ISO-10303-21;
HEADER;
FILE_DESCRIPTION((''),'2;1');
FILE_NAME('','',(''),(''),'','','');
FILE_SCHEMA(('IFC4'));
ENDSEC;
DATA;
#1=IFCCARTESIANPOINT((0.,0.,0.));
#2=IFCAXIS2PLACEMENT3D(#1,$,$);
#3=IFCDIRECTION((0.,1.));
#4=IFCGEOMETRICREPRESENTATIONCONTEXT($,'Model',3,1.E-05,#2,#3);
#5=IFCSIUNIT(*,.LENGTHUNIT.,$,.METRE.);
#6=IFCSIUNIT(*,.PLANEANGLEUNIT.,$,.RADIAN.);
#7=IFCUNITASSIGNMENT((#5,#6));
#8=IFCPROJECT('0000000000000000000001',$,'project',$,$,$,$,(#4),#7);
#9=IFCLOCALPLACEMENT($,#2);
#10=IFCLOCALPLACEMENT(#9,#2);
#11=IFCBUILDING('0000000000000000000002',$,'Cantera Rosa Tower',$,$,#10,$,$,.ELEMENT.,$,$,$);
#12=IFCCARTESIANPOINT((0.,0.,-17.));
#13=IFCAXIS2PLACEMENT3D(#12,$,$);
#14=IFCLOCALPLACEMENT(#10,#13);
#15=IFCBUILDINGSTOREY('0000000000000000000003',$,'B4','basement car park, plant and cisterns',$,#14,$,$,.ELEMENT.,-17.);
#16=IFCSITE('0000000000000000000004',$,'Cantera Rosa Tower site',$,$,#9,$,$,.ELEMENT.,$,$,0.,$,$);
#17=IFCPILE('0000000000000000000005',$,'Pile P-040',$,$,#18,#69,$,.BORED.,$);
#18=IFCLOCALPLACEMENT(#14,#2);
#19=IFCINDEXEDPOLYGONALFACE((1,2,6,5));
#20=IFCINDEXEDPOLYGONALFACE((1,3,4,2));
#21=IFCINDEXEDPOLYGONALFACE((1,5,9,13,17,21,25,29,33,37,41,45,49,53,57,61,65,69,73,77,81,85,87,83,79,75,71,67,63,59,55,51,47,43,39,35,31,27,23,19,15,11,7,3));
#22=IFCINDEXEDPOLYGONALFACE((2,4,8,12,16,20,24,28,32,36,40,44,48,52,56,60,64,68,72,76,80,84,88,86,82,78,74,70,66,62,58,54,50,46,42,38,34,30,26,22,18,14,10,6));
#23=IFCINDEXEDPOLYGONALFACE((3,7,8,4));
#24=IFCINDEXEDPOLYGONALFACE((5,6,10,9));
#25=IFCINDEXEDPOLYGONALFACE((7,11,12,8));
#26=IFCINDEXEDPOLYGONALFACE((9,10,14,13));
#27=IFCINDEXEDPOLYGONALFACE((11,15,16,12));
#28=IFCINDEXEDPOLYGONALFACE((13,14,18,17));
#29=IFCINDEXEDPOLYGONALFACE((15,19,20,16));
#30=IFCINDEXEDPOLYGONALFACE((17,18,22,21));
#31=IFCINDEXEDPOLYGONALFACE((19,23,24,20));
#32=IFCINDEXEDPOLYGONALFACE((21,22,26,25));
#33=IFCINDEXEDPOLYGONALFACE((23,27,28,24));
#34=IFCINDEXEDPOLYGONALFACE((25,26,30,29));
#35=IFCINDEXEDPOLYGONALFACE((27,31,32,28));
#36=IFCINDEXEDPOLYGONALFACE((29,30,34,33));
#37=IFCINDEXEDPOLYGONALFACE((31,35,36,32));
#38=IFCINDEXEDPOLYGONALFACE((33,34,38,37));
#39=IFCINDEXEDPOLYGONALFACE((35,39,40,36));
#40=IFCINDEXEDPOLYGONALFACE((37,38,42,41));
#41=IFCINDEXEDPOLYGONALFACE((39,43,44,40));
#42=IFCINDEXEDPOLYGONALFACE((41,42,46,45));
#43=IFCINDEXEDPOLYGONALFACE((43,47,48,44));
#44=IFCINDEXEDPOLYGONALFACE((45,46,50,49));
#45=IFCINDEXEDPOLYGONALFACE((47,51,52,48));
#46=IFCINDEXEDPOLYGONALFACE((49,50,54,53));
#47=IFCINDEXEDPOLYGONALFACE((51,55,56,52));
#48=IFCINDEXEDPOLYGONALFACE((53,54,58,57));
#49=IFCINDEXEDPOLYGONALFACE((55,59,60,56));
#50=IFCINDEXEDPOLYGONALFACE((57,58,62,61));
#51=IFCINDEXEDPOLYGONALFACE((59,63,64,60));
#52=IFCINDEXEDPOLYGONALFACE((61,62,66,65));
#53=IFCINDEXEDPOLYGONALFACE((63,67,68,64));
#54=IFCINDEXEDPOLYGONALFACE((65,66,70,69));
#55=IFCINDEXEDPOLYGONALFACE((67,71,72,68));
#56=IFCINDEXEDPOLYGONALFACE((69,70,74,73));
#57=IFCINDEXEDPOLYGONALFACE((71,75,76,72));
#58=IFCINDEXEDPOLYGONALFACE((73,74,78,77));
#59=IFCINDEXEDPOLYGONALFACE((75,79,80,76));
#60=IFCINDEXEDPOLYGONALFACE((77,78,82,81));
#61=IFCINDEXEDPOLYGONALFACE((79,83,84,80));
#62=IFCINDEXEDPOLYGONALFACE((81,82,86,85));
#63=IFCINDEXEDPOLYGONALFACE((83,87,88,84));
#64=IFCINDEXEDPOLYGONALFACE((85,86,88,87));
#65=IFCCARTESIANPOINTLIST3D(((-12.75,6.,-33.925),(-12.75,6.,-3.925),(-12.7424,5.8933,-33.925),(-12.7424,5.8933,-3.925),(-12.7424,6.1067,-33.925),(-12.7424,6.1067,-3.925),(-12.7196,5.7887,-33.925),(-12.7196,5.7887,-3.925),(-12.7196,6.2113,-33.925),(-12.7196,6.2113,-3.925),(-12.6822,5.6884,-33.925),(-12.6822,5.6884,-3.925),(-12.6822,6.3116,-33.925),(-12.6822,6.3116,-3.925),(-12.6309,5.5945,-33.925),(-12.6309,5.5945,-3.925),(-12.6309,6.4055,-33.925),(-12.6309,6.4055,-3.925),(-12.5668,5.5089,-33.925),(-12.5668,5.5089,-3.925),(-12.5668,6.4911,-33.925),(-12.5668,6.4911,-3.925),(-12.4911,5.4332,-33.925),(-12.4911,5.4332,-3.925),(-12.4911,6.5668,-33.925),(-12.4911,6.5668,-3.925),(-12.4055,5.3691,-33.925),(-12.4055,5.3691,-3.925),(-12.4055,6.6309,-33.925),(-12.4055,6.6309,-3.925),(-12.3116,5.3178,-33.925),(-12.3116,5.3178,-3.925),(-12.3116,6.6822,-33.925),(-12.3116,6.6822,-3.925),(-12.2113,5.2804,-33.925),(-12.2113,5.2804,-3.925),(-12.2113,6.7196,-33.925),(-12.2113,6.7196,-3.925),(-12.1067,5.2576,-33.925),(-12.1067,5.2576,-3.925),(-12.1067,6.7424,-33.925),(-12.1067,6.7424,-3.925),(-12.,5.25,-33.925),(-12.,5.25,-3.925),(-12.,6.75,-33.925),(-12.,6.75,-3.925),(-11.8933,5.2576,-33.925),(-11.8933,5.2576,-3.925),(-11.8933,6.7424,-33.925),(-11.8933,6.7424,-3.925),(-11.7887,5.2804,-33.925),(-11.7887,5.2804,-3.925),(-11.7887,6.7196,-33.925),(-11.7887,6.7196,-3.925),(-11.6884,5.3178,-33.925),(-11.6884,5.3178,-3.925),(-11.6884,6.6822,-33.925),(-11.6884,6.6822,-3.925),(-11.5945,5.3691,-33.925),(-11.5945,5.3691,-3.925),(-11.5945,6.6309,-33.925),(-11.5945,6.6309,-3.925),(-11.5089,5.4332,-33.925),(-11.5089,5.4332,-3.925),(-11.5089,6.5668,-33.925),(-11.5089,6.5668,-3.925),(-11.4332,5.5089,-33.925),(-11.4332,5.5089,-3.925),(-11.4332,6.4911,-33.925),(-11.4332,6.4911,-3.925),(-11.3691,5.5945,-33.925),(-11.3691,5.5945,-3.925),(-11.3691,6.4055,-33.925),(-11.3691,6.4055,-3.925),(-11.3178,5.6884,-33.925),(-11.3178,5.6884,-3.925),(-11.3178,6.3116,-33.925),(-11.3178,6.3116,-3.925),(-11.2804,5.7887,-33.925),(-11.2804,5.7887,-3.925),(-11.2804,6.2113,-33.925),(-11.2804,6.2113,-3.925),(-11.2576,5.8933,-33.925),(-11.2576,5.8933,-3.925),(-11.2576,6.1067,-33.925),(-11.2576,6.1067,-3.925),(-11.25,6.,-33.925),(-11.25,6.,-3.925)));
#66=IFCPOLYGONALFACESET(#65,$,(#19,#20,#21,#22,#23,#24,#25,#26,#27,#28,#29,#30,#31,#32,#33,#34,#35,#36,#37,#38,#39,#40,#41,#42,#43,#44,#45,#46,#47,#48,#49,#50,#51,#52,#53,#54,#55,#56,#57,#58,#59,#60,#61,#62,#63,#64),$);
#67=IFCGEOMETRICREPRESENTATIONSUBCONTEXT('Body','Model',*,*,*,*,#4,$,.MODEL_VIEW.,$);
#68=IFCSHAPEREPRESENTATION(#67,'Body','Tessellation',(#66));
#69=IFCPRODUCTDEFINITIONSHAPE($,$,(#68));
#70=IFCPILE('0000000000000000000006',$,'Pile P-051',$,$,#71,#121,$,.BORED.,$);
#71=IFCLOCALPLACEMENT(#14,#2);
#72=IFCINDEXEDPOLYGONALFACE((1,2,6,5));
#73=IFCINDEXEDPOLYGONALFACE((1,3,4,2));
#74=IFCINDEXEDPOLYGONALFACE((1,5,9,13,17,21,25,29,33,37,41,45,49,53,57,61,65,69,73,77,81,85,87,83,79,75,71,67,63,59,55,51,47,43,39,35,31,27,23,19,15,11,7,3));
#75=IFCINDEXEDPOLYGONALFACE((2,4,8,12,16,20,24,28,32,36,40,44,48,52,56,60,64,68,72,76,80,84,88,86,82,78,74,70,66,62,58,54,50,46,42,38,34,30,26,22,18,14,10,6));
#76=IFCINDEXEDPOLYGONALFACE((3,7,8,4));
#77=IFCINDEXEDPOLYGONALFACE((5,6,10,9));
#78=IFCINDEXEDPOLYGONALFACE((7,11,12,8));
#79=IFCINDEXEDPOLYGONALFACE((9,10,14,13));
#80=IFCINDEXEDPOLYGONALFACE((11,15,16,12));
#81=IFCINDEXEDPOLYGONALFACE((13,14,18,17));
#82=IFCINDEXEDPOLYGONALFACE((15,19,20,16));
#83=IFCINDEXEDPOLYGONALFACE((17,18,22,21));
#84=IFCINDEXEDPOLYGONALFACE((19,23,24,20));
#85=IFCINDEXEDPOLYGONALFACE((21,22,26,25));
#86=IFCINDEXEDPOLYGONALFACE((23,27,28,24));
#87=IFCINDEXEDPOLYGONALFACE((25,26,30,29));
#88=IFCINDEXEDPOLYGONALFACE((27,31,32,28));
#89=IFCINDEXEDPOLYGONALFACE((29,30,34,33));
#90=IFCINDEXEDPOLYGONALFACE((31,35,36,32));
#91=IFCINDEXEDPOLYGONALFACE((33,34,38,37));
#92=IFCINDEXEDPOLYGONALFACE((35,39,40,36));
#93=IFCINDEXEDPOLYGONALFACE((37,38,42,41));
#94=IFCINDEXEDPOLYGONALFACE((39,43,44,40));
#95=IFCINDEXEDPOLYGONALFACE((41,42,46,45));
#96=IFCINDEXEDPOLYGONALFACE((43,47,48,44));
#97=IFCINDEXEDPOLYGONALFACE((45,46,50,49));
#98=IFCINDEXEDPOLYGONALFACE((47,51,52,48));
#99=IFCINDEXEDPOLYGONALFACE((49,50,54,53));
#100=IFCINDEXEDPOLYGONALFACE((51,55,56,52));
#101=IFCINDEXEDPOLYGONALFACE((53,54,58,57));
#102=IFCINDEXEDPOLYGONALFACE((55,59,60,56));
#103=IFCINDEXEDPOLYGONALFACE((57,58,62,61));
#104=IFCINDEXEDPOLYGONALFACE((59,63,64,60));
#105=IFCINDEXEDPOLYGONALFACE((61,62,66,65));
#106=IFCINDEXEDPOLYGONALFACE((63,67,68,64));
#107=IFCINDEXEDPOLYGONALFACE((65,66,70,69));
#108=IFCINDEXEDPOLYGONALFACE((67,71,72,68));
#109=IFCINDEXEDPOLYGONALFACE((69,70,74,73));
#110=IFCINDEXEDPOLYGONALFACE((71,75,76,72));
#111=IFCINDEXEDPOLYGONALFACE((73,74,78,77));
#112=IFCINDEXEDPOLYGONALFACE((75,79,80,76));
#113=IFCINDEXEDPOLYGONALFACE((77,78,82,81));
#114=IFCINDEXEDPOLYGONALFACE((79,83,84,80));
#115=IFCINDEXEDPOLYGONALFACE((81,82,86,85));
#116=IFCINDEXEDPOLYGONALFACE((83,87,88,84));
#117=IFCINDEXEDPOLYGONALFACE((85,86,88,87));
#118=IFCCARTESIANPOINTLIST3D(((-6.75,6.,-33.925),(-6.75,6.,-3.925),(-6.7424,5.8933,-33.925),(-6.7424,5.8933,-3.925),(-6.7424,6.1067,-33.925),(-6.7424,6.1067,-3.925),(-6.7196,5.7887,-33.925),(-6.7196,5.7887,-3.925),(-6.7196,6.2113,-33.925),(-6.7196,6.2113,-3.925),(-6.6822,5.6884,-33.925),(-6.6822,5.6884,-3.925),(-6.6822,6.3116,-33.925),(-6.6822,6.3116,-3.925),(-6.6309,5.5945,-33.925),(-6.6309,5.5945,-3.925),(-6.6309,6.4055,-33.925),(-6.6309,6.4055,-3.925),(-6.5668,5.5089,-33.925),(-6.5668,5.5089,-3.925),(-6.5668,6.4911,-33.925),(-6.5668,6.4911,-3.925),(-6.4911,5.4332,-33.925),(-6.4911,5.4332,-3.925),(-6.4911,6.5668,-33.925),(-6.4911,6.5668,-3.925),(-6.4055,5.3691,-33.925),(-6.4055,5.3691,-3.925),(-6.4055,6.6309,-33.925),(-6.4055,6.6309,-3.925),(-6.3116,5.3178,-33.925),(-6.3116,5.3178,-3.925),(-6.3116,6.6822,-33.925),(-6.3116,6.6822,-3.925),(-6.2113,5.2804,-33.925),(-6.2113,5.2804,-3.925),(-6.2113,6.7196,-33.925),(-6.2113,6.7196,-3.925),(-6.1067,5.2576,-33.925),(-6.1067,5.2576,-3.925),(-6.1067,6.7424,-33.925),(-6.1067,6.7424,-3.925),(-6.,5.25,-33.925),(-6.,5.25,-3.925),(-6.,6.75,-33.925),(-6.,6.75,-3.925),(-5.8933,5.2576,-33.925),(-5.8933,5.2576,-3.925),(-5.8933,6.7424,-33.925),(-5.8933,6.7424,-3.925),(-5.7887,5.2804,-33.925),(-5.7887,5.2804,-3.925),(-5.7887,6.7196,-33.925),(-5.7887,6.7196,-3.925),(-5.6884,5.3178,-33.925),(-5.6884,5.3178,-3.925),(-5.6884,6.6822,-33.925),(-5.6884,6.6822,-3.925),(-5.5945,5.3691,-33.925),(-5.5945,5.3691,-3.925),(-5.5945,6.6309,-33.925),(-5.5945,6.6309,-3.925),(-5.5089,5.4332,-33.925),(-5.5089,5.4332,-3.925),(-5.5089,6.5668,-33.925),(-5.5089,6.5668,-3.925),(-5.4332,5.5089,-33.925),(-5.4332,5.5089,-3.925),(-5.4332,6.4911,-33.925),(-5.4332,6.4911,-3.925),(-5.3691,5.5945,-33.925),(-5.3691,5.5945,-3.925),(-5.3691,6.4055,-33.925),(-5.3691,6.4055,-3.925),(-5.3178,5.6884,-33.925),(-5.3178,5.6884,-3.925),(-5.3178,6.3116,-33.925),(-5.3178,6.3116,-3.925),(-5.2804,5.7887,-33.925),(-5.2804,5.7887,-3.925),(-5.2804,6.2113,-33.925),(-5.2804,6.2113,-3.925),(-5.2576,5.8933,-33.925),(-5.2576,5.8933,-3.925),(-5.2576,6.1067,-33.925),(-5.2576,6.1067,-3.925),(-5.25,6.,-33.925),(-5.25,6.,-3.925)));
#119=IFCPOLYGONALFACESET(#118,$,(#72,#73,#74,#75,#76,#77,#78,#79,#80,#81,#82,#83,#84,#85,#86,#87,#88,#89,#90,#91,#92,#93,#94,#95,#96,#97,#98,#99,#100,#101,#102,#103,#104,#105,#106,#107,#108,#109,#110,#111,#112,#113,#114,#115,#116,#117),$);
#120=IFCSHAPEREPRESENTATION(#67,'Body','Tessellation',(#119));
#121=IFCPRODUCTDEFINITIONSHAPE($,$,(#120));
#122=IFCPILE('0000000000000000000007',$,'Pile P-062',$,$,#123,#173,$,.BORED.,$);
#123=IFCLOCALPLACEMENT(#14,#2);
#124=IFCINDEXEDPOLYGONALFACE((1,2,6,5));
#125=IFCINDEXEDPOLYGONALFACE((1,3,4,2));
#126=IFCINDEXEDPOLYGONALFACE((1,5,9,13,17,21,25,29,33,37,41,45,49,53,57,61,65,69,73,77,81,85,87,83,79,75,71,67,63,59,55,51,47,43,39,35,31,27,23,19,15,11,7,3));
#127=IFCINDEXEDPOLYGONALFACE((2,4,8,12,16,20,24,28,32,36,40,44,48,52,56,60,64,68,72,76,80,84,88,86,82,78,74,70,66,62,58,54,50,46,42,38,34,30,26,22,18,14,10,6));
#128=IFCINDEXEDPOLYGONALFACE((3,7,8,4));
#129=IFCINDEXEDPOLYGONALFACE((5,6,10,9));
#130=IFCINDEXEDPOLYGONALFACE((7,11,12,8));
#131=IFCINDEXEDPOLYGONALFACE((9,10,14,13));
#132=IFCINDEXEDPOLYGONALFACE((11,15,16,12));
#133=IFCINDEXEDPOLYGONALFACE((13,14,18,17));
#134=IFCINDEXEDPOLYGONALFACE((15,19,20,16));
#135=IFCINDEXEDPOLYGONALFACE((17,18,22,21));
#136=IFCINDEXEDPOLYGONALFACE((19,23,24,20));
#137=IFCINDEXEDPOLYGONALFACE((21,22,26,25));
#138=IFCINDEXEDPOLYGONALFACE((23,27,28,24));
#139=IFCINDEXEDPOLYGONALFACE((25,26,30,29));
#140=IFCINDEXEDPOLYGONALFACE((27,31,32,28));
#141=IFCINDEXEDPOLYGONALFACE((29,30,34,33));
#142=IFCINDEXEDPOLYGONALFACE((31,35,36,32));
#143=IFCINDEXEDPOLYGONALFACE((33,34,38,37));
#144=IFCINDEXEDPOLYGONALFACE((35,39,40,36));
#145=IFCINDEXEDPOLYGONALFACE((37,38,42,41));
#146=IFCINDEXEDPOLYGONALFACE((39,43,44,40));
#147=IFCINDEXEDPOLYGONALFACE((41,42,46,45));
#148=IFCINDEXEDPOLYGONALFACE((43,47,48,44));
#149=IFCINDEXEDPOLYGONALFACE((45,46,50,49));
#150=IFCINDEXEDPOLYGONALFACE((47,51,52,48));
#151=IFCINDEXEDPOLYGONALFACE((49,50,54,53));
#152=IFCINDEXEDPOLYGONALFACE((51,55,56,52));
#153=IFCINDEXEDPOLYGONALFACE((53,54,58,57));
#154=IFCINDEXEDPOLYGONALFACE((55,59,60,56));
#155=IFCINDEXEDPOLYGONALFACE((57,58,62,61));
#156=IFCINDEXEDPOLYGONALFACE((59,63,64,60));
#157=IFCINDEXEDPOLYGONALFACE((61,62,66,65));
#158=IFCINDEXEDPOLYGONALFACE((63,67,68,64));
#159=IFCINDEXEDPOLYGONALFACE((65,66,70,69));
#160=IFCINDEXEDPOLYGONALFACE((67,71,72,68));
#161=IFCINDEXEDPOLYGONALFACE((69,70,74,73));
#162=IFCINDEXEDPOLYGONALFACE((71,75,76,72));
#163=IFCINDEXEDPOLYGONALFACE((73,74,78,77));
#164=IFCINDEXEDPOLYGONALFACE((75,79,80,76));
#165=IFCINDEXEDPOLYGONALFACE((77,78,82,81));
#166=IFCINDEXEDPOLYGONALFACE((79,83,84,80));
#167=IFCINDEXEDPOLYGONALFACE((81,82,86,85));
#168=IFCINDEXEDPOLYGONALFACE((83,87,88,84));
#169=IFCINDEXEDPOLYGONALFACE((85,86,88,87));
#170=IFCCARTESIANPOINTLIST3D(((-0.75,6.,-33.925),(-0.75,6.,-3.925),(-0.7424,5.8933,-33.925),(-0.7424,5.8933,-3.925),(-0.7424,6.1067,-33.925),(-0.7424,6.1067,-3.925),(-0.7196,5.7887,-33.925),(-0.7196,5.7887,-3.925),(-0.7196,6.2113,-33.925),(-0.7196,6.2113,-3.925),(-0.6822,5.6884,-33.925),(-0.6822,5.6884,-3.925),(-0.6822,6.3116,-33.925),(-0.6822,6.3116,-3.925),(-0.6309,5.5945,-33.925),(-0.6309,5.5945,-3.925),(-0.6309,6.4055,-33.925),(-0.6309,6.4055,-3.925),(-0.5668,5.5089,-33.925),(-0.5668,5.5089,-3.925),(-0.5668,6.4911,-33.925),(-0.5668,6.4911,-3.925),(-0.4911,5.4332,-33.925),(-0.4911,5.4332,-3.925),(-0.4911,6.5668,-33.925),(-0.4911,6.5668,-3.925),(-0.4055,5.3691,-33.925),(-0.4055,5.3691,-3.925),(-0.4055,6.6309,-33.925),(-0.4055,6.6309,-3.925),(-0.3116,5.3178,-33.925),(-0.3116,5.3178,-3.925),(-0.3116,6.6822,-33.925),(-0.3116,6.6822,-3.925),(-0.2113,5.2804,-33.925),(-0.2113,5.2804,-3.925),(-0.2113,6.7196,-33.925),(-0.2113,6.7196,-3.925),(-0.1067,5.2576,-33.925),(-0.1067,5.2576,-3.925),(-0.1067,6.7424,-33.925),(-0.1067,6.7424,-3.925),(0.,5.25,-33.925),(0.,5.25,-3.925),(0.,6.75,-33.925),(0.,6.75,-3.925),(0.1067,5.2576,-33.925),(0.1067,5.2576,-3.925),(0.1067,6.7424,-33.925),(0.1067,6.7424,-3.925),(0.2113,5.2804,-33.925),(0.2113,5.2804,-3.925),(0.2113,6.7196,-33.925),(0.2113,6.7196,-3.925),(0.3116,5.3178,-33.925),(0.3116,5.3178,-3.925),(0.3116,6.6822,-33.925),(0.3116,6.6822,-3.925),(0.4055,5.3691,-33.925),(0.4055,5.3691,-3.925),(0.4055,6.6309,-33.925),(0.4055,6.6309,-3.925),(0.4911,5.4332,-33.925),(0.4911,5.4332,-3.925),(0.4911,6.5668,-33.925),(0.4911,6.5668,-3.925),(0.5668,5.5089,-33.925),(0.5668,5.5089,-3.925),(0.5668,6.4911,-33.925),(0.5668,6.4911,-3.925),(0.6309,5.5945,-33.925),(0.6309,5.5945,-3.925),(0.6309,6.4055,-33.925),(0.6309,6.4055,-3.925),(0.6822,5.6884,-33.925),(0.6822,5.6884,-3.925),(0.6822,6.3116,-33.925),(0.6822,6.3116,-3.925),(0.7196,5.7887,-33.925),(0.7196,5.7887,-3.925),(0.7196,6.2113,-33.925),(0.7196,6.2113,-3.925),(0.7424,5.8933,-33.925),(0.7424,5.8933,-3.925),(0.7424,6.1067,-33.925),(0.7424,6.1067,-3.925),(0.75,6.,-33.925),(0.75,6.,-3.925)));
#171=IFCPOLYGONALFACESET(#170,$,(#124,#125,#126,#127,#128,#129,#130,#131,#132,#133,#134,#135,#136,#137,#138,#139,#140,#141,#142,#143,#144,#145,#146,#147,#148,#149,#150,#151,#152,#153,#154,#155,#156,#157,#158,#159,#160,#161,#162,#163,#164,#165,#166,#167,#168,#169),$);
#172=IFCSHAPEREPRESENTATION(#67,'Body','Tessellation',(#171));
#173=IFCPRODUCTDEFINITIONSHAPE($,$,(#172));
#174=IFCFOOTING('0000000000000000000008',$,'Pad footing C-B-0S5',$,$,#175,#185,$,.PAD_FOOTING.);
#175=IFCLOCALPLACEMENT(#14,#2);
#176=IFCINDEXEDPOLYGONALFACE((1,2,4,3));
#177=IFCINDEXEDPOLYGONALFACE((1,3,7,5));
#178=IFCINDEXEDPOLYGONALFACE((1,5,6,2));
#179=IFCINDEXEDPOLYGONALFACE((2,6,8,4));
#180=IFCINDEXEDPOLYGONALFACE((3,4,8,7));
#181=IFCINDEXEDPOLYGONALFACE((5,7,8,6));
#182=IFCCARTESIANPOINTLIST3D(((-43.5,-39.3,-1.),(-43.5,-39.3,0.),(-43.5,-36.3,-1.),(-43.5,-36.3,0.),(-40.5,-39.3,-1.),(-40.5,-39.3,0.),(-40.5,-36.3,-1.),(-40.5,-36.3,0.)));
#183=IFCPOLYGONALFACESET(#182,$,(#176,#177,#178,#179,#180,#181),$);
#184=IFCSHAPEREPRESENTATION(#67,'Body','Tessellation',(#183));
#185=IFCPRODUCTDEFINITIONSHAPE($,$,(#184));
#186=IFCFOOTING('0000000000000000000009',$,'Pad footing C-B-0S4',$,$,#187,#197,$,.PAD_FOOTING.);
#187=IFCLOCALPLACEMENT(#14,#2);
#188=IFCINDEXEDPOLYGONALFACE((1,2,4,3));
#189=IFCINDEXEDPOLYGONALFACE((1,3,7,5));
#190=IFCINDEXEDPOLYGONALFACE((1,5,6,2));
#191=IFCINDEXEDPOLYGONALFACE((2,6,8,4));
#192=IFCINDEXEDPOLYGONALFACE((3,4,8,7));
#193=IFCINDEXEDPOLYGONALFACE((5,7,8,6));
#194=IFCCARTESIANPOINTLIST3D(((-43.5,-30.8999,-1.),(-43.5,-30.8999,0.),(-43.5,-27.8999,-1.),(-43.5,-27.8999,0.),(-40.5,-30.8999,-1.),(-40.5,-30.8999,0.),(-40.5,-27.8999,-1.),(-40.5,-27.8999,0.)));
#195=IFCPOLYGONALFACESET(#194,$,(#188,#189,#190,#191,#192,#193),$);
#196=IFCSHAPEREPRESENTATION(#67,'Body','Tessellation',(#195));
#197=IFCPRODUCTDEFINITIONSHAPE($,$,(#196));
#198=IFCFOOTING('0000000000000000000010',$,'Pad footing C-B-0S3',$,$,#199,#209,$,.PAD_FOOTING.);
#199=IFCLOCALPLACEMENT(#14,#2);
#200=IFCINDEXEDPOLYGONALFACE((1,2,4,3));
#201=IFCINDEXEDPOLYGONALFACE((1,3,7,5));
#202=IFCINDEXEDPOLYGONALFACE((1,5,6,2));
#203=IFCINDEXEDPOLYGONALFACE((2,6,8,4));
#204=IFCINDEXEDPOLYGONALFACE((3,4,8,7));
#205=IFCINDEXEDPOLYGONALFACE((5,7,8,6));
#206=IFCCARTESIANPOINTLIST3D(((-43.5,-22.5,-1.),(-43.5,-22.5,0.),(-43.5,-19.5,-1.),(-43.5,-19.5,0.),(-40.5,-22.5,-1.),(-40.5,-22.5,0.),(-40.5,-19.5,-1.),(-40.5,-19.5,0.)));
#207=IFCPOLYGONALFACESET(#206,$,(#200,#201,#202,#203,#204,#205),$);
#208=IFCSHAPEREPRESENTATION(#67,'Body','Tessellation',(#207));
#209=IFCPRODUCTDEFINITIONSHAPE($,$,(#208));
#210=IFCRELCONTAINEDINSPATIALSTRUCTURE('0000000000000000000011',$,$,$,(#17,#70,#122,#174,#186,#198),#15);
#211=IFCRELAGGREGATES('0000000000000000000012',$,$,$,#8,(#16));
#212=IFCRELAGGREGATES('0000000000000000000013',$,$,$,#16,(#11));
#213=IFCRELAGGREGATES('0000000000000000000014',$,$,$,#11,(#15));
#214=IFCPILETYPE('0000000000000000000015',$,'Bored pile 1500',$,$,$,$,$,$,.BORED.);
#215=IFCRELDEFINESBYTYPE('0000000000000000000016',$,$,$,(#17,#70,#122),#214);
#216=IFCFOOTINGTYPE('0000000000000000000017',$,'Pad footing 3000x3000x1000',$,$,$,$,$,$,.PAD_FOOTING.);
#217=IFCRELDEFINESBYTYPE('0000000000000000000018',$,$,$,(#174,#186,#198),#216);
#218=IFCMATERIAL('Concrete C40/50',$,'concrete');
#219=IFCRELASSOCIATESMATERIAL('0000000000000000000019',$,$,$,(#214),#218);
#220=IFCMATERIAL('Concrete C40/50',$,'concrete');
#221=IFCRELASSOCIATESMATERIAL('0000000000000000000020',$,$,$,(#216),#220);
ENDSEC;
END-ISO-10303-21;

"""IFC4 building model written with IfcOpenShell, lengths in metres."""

from ifc_helpers import new_model, si_unit, direction, frame, origin, origin_2d, place, context, subcontext, project, spatial, polyline, circle, outline, extrude, material, material_profile, profile_set, type_object, element, save


model = new_model("IFC4")

# Units and contexts
model_context = context("Model", 3, precision=1e-05, world=origin(), true_north=direction((0.0, 1.0)))
body_context = subcontext(model_context, "Body", "Model", "MODEL_VIEW")
ifc_project = project(units=[si_unit("LENGTHUNIT", "METRE"), si_unit("PLANEANGLEUNIT", "RADIAN")], contexts=[model_context])

# Site, building, storey
site_placement = place(None, origin())
site = spatial("IfcSite", under=ifc_project, at=site_placement, Name="Cantera Rosa Tower site", CompositionType="ELEMENT", RefElevation=0.0)
building_placement = place(site_placement, origin())
building = spatial("IfcBuilding", under=site, at=building_placement, Name="Cantera Rosa Tower", CompositionType="ELEMENT")
storey_placement = place(building_placement, frame((0.0, 0.0, -17.0)))
storey = spatial("IfcBuildingStorey", under=building, at=storey_placement, Name="B4", Description="basement car park, plant and cisterns", CompositionType="ELEMENT", Elevation=-17.0)

# Piles
ifc_material_1 = material(Name="Concrete C40/50", Category="concrete")
ifc_material_profile_1 = material_profile(ifc_material_1, circle(Radius=0.75, at=origin_2d()), Name="Bored pile 1500")
ifc_profile_set_1 = profile_set([ifc_material_profile_1], Name="Concrete C40/50")
pile_type = type_object("IfcPileType", Name="Bored pile 1500", PredefinedType="BORED", material=ifc_profile_set_1)
for number, where, z_axis, x_axis, name in (
    (1, (-12.0, 6.0, -3.925), (0.0, 0.0, -1.0), (1.0, 0.0, 0.0), "Pile P-040"),
    (2, (-6.0, 6.0, -3.925), (0.0, 0.0, -1.0), (1.0, 0.0, 0.0), "Pile P-051"),
    (3, (0.0, 6.0, -3.925), (0.0, 0.0, -1.0), (1.0, 0.0, 0.0), "Pile P-062"),
):
    element("IfcPile", number, at=place(storey_placement, frame(where, z_axis=z_axis, x_axis=x_axis)), inside=storey, type_object=pile_type, Name=name, PredefinedType="BORED", context=body_context, shape_type="SweptSolid", body=[
        extrude(circle(Radius=0.75, at=origin_2d()), origin(), (0.0, 0.0, 1.0), 30.0),
    ])

# Footings
ifc_material_2 = material(Name="Concrete C40/50", Category="concrete")
footing_type = type_object("IfcFootingType", Name="Pad footing 3000x3000x1000", PredefinedType="PAD_FOOTING", material=ifc_material_2)
footing_1_placement = place(storey_placement, frame((0.0, 0.0, -1.0)))
element("IfcFooting", 4, at=footing_1_placement, inside=storey, type_object=footing_type, Name="Pad footing C-B-0S5", PredefinedType="PAD_FOOTING", context=body_context, shape_type="SweptSolid", body=[
    extrude(outline(polyline([(-40.5, -39.3), (-40.5, -36.3), (-43.5, -36.3), (-43.5, -39.3), (-40.5, -39.3)])), origin(), (0.0, 0.0, 1.0), 1.0),
])
footing_2_placement = place(storey_placement, frame((0.0, 0.0, -1.0)))
element("IfcFooting", 5, at=footing_2_placement, inside=storey, type_object=footing_type, Name="Pad footing C-B-0S4", PredefinedType="PAD_FOOTING", context=body_context, shape_type="SweptSolid", body=[
    extrude(outline(polyline([(-40.5, -30.8999), (-40.5, -27.8999), (-43.5, -27.8999), (-43.5, -30.8999), (-40.5, -30.8999)])), origin(), (0.0, 0.0, 1.0), 1.0),
])
footing_3_placement = place(storey_placement, frame((0.0, 0.0, -1.0)))
element("IfcFooting", 6, at=footing_3_placement, inside=storey, type_object=footing_type, Name="Pad footing C-B-0S3", PredefinedType="PAD_FOOTING", context=body_context, shape_type="SweptSolid", body=[
    extrude(outline(polyline([(-40.5, -22.5), (-40.5, -19.5), (-43.5, -19.5), (-43.5, -22.5), (-40.5, -22.5)])), origin(), (0.0, 0.0, 1.0), 1.0),
])

save(model, "model.ifc")
